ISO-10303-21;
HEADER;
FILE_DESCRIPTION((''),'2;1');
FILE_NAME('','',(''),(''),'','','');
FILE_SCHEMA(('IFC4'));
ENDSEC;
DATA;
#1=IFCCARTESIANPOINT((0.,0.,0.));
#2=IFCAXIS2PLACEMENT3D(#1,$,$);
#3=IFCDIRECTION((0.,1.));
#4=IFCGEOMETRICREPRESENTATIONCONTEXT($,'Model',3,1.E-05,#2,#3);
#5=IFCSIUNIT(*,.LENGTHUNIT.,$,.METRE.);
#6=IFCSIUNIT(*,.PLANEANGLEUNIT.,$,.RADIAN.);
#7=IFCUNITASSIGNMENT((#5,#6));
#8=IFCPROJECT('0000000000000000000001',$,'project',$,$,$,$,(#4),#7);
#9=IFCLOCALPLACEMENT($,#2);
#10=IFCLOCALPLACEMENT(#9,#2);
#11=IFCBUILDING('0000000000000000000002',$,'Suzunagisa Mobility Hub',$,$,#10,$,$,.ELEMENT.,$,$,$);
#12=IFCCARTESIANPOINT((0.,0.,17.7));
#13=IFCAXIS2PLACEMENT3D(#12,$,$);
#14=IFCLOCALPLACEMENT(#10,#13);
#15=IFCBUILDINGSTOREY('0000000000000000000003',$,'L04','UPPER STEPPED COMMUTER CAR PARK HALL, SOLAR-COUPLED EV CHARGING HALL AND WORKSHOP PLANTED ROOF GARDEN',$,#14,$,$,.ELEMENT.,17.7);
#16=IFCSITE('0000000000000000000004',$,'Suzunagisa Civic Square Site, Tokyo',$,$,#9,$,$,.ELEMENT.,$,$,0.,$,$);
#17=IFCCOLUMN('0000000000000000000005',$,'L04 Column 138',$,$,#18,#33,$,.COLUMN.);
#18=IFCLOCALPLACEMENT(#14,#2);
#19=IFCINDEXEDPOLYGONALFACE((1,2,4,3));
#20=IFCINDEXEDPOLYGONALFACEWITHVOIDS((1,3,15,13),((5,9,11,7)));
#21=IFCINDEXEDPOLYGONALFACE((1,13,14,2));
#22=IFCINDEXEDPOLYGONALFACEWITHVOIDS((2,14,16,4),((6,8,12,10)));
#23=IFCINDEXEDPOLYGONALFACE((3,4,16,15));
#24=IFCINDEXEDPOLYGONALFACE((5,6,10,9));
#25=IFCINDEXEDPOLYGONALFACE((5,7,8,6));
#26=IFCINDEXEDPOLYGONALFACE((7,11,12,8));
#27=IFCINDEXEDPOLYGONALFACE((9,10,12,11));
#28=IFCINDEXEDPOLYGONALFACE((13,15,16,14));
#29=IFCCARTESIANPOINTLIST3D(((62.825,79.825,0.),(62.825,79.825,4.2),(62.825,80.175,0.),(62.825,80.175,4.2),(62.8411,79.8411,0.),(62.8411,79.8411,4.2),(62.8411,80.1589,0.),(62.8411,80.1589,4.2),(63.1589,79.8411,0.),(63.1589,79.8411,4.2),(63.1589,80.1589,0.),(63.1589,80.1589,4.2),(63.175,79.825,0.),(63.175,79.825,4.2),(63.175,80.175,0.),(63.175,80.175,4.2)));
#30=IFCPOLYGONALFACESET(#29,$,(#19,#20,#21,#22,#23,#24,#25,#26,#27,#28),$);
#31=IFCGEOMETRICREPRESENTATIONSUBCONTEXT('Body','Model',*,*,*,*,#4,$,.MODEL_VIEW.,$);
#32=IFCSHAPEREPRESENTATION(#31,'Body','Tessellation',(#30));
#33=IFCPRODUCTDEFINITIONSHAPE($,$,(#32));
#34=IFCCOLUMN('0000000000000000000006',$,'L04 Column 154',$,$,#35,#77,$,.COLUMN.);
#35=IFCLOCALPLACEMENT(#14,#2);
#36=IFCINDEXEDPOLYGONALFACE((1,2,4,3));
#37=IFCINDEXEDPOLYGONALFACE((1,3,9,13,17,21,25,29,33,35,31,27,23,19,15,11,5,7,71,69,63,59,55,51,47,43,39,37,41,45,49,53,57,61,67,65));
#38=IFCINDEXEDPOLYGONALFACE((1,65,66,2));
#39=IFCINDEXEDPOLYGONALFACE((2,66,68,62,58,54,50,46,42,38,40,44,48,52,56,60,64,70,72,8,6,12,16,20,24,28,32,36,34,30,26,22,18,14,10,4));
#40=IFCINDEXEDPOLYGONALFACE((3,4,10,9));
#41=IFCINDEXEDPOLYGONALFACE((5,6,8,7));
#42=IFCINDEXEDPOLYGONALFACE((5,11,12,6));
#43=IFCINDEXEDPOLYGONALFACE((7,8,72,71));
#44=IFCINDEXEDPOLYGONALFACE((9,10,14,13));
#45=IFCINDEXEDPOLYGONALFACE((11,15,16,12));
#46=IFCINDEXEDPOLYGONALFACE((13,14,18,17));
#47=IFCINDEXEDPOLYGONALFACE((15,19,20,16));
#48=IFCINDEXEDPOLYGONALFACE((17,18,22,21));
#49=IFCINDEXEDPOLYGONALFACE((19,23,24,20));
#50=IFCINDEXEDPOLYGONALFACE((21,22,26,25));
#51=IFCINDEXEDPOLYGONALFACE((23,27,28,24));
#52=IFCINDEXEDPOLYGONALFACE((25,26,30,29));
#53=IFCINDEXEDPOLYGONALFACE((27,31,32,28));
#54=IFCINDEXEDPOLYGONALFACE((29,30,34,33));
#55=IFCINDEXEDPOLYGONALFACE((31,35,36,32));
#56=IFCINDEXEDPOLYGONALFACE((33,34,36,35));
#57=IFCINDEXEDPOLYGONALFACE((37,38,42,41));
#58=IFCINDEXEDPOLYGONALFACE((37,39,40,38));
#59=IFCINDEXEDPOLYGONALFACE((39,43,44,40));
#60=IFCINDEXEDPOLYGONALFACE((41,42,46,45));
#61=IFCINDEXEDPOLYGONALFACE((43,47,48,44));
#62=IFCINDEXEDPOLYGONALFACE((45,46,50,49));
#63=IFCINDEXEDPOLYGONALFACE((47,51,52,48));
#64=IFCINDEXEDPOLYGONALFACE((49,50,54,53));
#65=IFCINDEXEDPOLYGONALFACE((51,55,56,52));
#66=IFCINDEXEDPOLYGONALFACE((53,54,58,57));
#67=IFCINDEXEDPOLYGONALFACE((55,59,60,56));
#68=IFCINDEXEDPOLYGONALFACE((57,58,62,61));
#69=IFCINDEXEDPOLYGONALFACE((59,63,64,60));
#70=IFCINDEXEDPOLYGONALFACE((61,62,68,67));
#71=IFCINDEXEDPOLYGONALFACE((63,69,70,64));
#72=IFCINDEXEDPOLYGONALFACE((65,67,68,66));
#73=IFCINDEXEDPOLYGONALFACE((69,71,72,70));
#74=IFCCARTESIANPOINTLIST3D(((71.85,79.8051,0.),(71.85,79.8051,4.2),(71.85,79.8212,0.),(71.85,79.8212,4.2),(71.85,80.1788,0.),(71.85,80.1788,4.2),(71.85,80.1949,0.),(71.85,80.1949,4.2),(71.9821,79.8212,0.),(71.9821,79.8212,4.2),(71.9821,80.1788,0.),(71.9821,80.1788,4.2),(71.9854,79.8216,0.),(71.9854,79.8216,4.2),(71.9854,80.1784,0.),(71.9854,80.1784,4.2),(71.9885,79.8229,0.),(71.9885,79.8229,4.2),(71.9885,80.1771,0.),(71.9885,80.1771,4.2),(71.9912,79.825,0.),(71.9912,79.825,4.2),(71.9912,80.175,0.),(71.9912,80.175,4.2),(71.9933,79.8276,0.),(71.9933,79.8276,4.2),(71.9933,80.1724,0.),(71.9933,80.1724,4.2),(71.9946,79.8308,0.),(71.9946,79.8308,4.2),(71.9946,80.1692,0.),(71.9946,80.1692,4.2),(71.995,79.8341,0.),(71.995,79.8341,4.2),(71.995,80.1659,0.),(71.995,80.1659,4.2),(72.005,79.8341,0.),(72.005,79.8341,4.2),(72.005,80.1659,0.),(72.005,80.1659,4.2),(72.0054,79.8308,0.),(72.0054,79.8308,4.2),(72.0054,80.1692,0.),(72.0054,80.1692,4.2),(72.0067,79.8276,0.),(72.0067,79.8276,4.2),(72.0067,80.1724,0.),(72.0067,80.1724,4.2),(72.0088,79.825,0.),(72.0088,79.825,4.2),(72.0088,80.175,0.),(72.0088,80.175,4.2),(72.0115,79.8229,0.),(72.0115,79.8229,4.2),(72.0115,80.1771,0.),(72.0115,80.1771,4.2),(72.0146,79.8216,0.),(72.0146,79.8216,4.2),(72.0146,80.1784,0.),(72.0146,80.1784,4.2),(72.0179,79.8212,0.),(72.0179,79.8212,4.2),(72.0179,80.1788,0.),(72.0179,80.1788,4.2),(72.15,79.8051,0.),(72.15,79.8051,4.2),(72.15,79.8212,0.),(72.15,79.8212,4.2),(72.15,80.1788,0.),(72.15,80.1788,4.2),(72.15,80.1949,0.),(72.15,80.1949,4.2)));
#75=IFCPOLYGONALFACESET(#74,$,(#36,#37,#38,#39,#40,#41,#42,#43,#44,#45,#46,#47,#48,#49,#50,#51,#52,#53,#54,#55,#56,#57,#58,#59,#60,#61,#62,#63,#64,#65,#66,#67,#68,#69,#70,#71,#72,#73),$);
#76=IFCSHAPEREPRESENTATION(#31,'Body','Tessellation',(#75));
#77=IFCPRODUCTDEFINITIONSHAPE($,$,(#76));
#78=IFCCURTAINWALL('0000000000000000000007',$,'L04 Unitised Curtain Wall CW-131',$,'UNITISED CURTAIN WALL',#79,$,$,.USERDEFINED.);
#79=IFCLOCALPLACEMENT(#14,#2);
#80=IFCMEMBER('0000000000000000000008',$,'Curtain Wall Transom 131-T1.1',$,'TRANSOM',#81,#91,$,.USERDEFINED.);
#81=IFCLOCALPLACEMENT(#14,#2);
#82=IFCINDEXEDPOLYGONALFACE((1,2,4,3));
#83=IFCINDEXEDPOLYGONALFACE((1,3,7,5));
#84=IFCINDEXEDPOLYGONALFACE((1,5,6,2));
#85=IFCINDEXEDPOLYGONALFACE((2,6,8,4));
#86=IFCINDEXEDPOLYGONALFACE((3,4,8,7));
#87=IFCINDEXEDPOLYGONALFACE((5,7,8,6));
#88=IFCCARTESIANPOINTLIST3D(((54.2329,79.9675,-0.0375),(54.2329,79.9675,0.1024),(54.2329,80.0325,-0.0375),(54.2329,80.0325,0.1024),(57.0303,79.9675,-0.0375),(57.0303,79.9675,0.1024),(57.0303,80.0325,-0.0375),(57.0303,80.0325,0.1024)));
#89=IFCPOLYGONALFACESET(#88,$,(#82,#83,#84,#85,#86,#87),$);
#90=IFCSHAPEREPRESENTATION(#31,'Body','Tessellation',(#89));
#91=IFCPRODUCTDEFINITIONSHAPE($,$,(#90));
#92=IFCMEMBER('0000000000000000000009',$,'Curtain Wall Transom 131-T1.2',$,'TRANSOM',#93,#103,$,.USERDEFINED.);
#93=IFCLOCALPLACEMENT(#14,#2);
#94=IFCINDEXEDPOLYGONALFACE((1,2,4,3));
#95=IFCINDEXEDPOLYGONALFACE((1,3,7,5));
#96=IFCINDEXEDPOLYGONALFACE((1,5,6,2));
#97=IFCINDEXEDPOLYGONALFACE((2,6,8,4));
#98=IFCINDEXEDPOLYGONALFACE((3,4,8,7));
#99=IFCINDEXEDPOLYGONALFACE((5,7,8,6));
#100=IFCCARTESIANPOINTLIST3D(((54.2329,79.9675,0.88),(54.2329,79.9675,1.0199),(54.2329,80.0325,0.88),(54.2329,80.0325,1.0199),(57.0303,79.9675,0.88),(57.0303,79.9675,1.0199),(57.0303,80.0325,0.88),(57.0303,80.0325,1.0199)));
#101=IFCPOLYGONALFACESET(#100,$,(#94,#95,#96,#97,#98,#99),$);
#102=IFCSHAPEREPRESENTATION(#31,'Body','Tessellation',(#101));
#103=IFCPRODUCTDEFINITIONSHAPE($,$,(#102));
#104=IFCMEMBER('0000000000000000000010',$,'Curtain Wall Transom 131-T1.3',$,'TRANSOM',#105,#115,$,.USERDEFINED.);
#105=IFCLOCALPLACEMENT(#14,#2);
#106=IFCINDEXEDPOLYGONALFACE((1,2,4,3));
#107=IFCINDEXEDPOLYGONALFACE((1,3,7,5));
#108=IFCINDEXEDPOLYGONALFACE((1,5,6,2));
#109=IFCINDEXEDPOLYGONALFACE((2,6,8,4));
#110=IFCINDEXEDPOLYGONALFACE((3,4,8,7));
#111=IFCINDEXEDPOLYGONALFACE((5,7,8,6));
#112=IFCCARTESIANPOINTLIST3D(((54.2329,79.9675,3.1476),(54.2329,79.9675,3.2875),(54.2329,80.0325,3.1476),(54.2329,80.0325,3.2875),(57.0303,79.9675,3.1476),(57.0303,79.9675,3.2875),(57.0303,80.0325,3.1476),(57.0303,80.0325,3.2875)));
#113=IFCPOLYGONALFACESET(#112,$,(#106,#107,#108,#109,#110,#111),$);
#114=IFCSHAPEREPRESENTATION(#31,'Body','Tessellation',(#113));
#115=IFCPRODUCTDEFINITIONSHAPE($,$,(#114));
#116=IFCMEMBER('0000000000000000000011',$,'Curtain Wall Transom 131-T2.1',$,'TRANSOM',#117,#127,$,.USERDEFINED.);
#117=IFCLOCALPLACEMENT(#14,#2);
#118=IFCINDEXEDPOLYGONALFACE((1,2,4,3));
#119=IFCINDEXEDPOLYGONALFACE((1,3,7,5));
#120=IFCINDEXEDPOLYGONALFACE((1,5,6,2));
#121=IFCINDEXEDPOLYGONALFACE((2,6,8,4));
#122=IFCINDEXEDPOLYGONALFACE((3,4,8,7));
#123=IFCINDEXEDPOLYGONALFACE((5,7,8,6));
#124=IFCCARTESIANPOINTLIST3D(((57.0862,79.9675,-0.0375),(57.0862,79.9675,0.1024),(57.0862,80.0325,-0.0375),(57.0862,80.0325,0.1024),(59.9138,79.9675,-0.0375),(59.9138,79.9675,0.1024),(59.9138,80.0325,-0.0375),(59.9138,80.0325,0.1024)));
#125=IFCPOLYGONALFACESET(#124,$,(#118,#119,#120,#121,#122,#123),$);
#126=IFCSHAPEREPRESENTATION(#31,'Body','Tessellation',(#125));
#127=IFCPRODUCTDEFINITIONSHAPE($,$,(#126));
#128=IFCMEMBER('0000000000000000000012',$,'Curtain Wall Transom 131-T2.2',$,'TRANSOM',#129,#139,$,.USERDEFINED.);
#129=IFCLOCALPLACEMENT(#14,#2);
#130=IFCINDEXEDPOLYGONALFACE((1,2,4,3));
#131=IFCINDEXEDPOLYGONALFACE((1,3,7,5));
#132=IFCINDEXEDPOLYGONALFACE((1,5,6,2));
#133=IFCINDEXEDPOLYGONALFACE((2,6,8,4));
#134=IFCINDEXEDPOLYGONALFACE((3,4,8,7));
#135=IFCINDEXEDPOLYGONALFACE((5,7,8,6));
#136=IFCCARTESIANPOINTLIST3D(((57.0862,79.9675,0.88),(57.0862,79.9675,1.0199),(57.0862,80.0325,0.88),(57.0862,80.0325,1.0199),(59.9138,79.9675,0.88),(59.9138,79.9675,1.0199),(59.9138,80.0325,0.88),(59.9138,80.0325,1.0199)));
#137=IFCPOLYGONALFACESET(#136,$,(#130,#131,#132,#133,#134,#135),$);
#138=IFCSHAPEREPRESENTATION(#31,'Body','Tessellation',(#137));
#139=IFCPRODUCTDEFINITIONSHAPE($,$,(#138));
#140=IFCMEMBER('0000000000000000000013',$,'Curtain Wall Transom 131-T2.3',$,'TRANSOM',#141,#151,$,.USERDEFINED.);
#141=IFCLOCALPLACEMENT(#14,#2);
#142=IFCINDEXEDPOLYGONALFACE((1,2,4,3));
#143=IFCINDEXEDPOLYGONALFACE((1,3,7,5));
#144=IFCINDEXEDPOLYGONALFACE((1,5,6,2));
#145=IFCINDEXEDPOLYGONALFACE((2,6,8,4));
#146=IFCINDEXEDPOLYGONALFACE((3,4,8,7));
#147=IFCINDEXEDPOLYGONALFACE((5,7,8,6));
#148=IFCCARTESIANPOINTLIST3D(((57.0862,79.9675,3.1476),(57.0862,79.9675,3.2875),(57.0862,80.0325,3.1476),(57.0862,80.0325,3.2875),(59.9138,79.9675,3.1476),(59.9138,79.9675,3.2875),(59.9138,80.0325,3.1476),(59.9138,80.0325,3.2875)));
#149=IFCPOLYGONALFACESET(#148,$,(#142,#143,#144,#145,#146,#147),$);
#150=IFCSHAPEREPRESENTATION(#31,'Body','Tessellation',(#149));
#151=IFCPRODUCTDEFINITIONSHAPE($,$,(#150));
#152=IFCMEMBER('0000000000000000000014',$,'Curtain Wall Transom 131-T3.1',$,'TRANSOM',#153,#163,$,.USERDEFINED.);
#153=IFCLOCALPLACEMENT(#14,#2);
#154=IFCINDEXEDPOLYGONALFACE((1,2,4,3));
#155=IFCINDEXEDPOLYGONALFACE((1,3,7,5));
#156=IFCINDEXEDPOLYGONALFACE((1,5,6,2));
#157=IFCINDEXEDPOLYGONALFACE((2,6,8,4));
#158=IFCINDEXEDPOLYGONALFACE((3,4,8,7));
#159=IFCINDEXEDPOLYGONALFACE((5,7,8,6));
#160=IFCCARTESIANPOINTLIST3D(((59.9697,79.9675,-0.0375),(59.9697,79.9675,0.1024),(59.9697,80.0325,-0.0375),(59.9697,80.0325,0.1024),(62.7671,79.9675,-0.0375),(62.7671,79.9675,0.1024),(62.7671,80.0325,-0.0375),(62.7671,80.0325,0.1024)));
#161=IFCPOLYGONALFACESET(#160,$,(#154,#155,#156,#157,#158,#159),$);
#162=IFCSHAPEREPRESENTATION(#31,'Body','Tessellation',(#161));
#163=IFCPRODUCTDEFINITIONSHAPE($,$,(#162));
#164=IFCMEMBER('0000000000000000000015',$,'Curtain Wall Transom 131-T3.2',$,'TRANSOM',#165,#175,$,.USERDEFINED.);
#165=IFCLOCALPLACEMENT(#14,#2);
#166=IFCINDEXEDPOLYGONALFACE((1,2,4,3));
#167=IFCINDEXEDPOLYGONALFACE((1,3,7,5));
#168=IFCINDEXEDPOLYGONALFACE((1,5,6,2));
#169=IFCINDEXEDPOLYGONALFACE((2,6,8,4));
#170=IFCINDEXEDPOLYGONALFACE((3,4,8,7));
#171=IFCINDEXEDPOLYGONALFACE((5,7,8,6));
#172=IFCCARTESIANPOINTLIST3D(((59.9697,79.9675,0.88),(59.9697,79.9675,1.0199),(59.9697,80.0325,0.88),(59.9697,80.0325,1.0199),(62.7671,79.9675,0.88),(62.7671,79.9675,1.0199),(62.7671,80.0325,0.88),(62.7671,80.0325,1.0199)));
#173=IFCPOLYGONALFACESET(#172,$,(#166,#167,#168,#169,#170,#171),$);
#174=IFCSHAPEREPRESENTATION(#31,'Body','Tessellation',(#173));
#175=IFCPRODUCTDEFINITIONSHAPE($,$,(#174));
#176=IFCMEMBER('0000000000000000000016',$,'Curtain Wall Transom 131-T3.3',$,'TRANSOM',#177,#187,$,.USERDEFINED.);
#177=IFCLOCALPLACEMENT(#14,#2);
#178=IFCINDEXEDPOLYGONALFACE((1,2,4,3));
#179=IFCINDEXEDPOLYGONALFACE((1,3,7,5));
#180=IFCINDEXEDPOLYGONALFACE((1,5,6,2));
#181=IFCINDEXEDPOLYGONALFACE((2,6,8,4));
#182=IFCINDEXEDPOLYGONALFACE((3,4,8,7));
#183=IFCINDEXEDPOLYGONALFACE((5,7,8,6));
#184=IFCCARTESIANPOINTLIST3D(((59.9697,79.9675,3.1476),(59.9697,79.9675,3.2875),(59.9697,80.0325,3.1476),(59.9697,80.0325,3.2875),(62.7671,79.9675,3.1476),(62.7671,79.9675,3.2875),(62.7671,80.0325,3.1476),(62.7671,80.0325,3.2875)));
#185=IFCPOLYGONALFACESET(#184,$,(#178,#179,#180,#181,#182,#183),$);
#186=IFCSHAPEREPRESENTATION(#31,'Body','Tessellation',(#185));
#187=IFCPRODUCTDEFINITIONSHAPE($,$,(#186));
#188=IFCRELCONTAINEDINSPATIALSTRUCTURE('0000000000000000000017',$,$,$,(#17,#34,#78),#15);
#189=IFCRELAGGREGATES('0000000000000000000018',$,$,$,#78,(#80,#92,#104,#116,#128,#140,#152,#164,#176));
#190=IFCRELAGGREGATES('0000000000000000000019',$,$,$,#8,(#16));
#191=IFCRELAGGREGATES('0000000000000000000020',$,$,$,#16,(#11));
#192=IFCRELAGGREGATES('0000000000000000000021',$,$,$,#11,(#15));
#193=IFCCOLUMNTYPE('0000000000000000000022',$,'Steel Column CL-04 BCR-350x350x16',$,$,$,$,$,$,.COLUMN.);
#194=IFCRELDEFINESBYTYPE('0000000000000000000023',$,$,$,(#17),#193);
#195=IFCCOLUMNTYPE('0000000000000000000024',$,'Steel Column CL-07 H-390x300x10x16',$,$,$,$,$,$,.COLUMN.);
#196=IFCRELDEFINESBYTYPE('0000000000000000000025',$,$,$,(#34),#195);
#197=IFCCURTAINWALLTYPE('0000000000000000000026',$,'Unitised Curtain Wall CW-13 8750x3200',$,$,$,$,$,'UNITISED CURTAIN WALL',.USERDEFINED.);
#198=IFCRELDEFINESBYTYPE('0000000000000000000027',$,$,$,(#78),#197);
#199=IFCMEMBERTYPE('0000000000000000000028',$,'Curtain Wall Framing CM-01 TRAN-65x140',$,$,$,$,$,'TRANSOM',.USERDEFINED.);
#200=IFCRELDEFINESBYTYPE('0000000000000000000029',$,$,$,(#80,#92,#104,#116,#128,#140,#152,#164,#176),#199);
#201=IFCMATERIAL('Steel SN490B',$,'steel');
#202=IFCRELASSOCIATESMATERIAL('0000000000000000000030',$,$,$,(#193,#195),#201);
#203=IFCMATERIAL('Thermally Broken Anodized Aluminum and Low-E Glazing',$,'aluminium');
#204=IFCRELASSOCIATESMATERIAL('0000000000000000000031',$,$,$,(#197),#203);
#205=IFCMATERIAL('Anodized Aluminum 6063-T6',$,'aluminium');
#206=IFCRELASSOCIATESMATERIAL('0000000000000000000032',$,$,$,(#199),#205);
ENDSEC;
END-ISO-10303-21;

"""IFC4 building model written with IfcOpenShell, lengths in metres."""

from ifc_helpers import new_model, si_unit, direction, frame, origin, origin_2d, place, context, subcontext, project, spatial, rectangle, hollow_rectangle, i_section, extrude, material, material_profile, profile_set, type_object, element, aggregate, save


model = new_model("IFC4")

# Units and contexts
model_context = context("Model", 3, precision=1e-05, world=origin(), true_north=direction((0.0, 1.0)))
body_context = subcontext(model_context, "Body", "Model", "MODEL_VIEW")
ifc_project = project(units=[si_unit("LENGTHUNIT", "METRE"), si_unit("PLANEANGLEUNIT", "RADIAN")], contexts=[model_context])

# Site, building, storey
site_placement = place(None, origin())
site = spatial("IfcSite", under=ifc_project, at=site_placement, Name="Suzunagisa Civic Square Site, Tokyo", CompositionType="ELEMENT", RefElevation=0.0)
building_placement = place(site_placement, origin())
building = spatial("IfcBuilding", under=site, at=building_placement, Name="Suzunagisa Mobility Hub", CompositionType="ELEMENT")
storey_placement = place(building_placement, frame((0.0, 0.0, 17.7)))
storey = spatial("IfcBuildingStorey", under=building, at=storey_placement, Name="L04", Description="UPPER STEPPED COMMUTER CAR PARK HALL, SOLAR-COUPLED EV CHARGING HALL AND WORKSHOP PLANTED ROOF GARDEN", CompositionType="ELEMENT", Elevation=17.7)

# Columns
ifc_material_1 = material(Name="Steel SN490B", Category="steel")
ifc_material_profile_1 = material_profile(ifc_material_1, hollow_rectangle(XDim=0.3501, YDim=0.3501, WallThickness=0.0161, at=origin_2d()), Name="BCR-350x350x16")
ifc_profile_set_1 = profile_set([ifc_material_profile_1], Name="Steel SN490B")
column_type_1 = type_object("IfcColumnType", Name="Steel Column CL-04 BCR-350x350x16", PredefinedType="COLUMN", material=ifc_profile_set_1)
column_1_placement = place(storey_placement, frame((63.0, 80.0, 0.0), z_axis=(0.0, 0.0, 1.0), x_axis=(1.0, 0.0, 0.0)))
element("IfcColumn", 1, at=column_1_placement, inside=storey, type_object=column_type_1, Name="L04 Column 138", PredefinedType="COLUMN", context=body_context, shape_type="SweptSolid", body=[
    extrude(hollow_rectangle(XDim=0.3501, YDim=0.3501, WallThickness=0.0161, at=origin_2d()), origin(), (0.0, 0.0, 1.0), 4.2),
])
ifc_material_profile_2 = material_profile(ifc_material_1, i_section(OverallWidth=0.3, OverallDepth=0.3899, WebThickness=0.01, FlangeThickness=0.0161, FilletRadius=0.0129, at=origin_2d()), Name="H-390x300x10x16")
ifc_profile_set_2 = profile_set([ifc_material_profile_2], Name="Steel SN490B")
column_type_2 = type_object("IfcColumnType", Name="Steel Column CL-07 H-390x300x10x16", PredefinedType="COLUMN", material=ifc_profile_set_2)
column_2_placement = place(storey_placement, frame((72.0, 80.0, 0.0), z_axis=(0.0, 0.0, 1.0), x_axis=(1.0, 0.0, 0.0)))
element("IfcColumn", 2, at=column_2_placement, inside=storey, type_object=column_type_2, Name="L04 Column 154", PredefinedType="COLUMN", context=body_context, shape_type="SweptSolid", body=[
    extrude(i_section(OverallWidth=0.3, OverallDepth=0.3899, WebThickness=0.01, FlangeThickness=0.0161, FilletRadius=0.0129, at=origin_2d()), origin(), (0.0, 0.0, 1.0), 4.2),
])

# Curtain wall, members
ifc_material_2 = material(Name="Thermally Broken Anodized Aluminum and Low-E Glazing", Category="aluminium")
curtain_wall_type = type_object("IfcCurtainWallType", Name="Unitised Curtain Wall CW-13 8750x3200", ElementType="UNITISED CURTAIN WALL", PredefinedType="USERDEFINED", material=ifc_material_2)
curtain_wall_placement = place(storey_placement, origin())
curtain_wall = element("IfcCurtainWall", 3, at=curtain_wall_placement, inside=storey, type_object=curtain_wall_type, Name="L04 Unitised Curtain Wall CW-131", ObjectType="UNITISED CURTAIN WALL", PredefinedType="USERDEFINED")
ifc_material_3 = material(Name="Anodized Aluminum 6063-T6", Category="aluminium")
ifc_material_profile_3 = material_profile(ifc_material_3, rectangle(XDim=0.0649, YDim=0.1399, at=origin_2d()), Name="TRAN-65x140")
ifc_profile_set_3 = profile_set([ifc_material_profile_3], Name="Anodized Aluminum 6063-T6")
member_type_1 = type_object("IfcMemberType", Name="Curtain Wall Framing CM-01 TRAN-65x140", ElementType="TRANSOM", PredefinedType="USERDEFINED", material=ifc_profile_set_3)
member_1_placement = place(storey_placement, frame((54.2329, 80.0, 0.0325), z_axis=(1.0, 0.0, 0.0), x_axis=(0.0, 1.0, 0.0)))
member_1 = element("IfcMember", 4, at=member_1_placement, type_object=member_type_1, Name="Curtain Wall Transom 131-T1.1", ObjectType="TRANSOM", PredefinedType="USERDEFINED", context=body_context, shape_type="SweptSolid", body=[
    extrude(rectangle(XDim=0.0649, YDim=0.1399, at=origin_2d()), origin(), (0.0, 0.0, 1.0), 2.7974),
])
member_2_placement = place(storey_placement, frame((54.2329, 80.0, 0.95), z_axis=(1.0, 0.0, 0.0), x_axis=(0.0, 1.0, 0.0)))
member_2 = element("IfcMember", 5, at=member_2_placement, type_object=member_type_1, Name="Curtain Wall Transom 131-T1.2", ObjectType="TRANSOM", PredefinedType="USERDEFINED", context=body_context, shape_type="SweptSolid", body=[
    extrude(rectangle(XDim=0.0649, YDim=0.1399, at=origin_2d()), origin(), (0.0, 0.0, 1.0), 2.7974),
])
member_3_placement = place(storey_placement, frame((54.2329, 80.0, 3.2175), z_axis=(1.0, 0.0, 0.0), x_axis=(0.0, 1.0, 0.0)))
member_3 = element("IfcMember", 6, at=member_3_placement, type_object=member_type_1, Name="Curtain Wall Transom 131-T1.3", ObjectType="TRANSOM", PredefinedType="USERDEFINED", context=body_context, shape_type="SweptSolid", body=[
    extrude(rectangle(XDim=0.0649, YDim=0.1399, at=origin_2d()), origin(), (0.0, 0.0, 1.0), 2.7974),
])
member_4_placement = place(storey_placement, frame((57.0862, 80.0, 0.0325), z_axis=(1.0, 0.0, 0.0), x_axis=(0.0, 1.0, 0.0)))
member_4 = element("IfcMember", 7, at=member_4_placement, type_object=member_type_1, Name="Curtain Wall Transom 131-T2.1", ObjectType="TRANSOM", PredefinedType="USERDEFINED", context=body_context, shape_type="SweptSolid", body=[
    extrude(rectangle(XDim=0.0649, YDim=0.1399, at=origin_2d()), origin(), (0.0, 0.0, 1.0), 2.8276),
])
member_5_placement = place(storey_placement, frame((57.0862, 80.0, 0.95), z_axis=(1.0, 0.0, 0.0), x_axis=(0.0, 1.0, 0.0)))
member_5 = element("IfcMember", 8, at=member_5_placement, type_object=member_type_1, Name="Curtain Wall Transom 131-T2.2", ObjectType="TRANSOM", PredefinedType="USERDEFINED", context=body_context, shape_type="SweptSolid", body=[
    extrude(rectangle(XDim=0.0649, YDim=0.1399, at=origin_2d()), origin(), (0.0, 0.0, 1.0), 2.8276),
])
member_6_placement = place(storey_placement, frame((57.0862, 80.0, 3.2175), z_axis=(1.0, 0.0, 0.0), x_axis=(0.0, 1.0, 0.0)))
member_6 = element("IfcMember", 9, at=member_6_placement, type_object=member_type_1, Name="Curtain Wall Transom 131-T2.3", ObjectType="TRANSOM", PredefinedType="USERDEFINED", context=body_context, shape_type="SweptSolid", body=[
    extrude(rectangle(XDim=0.0649, YDim=0.1399, at=origin_2d()), origin(), (0.0, 0.0, 1.0), 2.8276),
])
member_7_placement = place(storey_placement, frame((59.9697, 80.0, 0.0325), z_axis=(1.0, 0.0, 0.0), x_axis=(0.0, 1.0, 0.0)))
member_7 = element("IfcMember", 10, at=member_7_placement, type_object=member_type_1, Name="Curtain Wall Transom 131-T3.1", ObjectType="TRANSOM", PredefinedType="USERDEFINED", context=body_context, shape_type="SweptSolid", body=[
    extrude(rectangle(XDim=0.0649, YDim=0.1399, at=origin_2d()), origin(), (0.0, 0.0, 1.0), 2.7974),
])
member_8_placement = place(storey_placement, frame((59.9697, 80.0, 0.95), z_axis=(1.0, 0.0, 0.0), x_axis=(0.0, 1.0, 0.0)))
member_8 = element("IfcMember", 11, at=member_8_placement, type_object=member_type_1, Name="Curtain Wall Transom 131-T3.2", ObjectType="TRANSOM", PredefinedType="USERDEFINED", context=body_context, shape_type="SweptSolid", body=[
    extrude(rectangle(XDim=0.0649, YDim=0.1399, at=origin_2d()), origin(), (0.0, 0.0, 1.0), 2.7974),
])
member_9_placement = place(storey_placement, frame((59.9697, 80.0, 3.2175), z_axis=(1.0, 0.0, 0.0), x_axis=(0.0, 1.0, 0.0)))
member_9 = element("IfcMember", 12, at=member_9_placement, type_object=member_type_1, Name="Curtain Wall Transom 131-T3.3", ObjectType="TRANSOM", PredefinedType="USERDEFINED", context=body_context, shape_type="SweptSolid", body=[
    extrude(rectangle(XDim=0.0649, YDim=0.1399, at=origin_2d()), origin(), (0.0, 0.0, 1.0), 2.7974),
])

aggregate(curtain_wall, [member_1, member_2, member_3, member_4, member_5, member_6, member_7, member_8, member_9])

save(model, "model.ifc")
